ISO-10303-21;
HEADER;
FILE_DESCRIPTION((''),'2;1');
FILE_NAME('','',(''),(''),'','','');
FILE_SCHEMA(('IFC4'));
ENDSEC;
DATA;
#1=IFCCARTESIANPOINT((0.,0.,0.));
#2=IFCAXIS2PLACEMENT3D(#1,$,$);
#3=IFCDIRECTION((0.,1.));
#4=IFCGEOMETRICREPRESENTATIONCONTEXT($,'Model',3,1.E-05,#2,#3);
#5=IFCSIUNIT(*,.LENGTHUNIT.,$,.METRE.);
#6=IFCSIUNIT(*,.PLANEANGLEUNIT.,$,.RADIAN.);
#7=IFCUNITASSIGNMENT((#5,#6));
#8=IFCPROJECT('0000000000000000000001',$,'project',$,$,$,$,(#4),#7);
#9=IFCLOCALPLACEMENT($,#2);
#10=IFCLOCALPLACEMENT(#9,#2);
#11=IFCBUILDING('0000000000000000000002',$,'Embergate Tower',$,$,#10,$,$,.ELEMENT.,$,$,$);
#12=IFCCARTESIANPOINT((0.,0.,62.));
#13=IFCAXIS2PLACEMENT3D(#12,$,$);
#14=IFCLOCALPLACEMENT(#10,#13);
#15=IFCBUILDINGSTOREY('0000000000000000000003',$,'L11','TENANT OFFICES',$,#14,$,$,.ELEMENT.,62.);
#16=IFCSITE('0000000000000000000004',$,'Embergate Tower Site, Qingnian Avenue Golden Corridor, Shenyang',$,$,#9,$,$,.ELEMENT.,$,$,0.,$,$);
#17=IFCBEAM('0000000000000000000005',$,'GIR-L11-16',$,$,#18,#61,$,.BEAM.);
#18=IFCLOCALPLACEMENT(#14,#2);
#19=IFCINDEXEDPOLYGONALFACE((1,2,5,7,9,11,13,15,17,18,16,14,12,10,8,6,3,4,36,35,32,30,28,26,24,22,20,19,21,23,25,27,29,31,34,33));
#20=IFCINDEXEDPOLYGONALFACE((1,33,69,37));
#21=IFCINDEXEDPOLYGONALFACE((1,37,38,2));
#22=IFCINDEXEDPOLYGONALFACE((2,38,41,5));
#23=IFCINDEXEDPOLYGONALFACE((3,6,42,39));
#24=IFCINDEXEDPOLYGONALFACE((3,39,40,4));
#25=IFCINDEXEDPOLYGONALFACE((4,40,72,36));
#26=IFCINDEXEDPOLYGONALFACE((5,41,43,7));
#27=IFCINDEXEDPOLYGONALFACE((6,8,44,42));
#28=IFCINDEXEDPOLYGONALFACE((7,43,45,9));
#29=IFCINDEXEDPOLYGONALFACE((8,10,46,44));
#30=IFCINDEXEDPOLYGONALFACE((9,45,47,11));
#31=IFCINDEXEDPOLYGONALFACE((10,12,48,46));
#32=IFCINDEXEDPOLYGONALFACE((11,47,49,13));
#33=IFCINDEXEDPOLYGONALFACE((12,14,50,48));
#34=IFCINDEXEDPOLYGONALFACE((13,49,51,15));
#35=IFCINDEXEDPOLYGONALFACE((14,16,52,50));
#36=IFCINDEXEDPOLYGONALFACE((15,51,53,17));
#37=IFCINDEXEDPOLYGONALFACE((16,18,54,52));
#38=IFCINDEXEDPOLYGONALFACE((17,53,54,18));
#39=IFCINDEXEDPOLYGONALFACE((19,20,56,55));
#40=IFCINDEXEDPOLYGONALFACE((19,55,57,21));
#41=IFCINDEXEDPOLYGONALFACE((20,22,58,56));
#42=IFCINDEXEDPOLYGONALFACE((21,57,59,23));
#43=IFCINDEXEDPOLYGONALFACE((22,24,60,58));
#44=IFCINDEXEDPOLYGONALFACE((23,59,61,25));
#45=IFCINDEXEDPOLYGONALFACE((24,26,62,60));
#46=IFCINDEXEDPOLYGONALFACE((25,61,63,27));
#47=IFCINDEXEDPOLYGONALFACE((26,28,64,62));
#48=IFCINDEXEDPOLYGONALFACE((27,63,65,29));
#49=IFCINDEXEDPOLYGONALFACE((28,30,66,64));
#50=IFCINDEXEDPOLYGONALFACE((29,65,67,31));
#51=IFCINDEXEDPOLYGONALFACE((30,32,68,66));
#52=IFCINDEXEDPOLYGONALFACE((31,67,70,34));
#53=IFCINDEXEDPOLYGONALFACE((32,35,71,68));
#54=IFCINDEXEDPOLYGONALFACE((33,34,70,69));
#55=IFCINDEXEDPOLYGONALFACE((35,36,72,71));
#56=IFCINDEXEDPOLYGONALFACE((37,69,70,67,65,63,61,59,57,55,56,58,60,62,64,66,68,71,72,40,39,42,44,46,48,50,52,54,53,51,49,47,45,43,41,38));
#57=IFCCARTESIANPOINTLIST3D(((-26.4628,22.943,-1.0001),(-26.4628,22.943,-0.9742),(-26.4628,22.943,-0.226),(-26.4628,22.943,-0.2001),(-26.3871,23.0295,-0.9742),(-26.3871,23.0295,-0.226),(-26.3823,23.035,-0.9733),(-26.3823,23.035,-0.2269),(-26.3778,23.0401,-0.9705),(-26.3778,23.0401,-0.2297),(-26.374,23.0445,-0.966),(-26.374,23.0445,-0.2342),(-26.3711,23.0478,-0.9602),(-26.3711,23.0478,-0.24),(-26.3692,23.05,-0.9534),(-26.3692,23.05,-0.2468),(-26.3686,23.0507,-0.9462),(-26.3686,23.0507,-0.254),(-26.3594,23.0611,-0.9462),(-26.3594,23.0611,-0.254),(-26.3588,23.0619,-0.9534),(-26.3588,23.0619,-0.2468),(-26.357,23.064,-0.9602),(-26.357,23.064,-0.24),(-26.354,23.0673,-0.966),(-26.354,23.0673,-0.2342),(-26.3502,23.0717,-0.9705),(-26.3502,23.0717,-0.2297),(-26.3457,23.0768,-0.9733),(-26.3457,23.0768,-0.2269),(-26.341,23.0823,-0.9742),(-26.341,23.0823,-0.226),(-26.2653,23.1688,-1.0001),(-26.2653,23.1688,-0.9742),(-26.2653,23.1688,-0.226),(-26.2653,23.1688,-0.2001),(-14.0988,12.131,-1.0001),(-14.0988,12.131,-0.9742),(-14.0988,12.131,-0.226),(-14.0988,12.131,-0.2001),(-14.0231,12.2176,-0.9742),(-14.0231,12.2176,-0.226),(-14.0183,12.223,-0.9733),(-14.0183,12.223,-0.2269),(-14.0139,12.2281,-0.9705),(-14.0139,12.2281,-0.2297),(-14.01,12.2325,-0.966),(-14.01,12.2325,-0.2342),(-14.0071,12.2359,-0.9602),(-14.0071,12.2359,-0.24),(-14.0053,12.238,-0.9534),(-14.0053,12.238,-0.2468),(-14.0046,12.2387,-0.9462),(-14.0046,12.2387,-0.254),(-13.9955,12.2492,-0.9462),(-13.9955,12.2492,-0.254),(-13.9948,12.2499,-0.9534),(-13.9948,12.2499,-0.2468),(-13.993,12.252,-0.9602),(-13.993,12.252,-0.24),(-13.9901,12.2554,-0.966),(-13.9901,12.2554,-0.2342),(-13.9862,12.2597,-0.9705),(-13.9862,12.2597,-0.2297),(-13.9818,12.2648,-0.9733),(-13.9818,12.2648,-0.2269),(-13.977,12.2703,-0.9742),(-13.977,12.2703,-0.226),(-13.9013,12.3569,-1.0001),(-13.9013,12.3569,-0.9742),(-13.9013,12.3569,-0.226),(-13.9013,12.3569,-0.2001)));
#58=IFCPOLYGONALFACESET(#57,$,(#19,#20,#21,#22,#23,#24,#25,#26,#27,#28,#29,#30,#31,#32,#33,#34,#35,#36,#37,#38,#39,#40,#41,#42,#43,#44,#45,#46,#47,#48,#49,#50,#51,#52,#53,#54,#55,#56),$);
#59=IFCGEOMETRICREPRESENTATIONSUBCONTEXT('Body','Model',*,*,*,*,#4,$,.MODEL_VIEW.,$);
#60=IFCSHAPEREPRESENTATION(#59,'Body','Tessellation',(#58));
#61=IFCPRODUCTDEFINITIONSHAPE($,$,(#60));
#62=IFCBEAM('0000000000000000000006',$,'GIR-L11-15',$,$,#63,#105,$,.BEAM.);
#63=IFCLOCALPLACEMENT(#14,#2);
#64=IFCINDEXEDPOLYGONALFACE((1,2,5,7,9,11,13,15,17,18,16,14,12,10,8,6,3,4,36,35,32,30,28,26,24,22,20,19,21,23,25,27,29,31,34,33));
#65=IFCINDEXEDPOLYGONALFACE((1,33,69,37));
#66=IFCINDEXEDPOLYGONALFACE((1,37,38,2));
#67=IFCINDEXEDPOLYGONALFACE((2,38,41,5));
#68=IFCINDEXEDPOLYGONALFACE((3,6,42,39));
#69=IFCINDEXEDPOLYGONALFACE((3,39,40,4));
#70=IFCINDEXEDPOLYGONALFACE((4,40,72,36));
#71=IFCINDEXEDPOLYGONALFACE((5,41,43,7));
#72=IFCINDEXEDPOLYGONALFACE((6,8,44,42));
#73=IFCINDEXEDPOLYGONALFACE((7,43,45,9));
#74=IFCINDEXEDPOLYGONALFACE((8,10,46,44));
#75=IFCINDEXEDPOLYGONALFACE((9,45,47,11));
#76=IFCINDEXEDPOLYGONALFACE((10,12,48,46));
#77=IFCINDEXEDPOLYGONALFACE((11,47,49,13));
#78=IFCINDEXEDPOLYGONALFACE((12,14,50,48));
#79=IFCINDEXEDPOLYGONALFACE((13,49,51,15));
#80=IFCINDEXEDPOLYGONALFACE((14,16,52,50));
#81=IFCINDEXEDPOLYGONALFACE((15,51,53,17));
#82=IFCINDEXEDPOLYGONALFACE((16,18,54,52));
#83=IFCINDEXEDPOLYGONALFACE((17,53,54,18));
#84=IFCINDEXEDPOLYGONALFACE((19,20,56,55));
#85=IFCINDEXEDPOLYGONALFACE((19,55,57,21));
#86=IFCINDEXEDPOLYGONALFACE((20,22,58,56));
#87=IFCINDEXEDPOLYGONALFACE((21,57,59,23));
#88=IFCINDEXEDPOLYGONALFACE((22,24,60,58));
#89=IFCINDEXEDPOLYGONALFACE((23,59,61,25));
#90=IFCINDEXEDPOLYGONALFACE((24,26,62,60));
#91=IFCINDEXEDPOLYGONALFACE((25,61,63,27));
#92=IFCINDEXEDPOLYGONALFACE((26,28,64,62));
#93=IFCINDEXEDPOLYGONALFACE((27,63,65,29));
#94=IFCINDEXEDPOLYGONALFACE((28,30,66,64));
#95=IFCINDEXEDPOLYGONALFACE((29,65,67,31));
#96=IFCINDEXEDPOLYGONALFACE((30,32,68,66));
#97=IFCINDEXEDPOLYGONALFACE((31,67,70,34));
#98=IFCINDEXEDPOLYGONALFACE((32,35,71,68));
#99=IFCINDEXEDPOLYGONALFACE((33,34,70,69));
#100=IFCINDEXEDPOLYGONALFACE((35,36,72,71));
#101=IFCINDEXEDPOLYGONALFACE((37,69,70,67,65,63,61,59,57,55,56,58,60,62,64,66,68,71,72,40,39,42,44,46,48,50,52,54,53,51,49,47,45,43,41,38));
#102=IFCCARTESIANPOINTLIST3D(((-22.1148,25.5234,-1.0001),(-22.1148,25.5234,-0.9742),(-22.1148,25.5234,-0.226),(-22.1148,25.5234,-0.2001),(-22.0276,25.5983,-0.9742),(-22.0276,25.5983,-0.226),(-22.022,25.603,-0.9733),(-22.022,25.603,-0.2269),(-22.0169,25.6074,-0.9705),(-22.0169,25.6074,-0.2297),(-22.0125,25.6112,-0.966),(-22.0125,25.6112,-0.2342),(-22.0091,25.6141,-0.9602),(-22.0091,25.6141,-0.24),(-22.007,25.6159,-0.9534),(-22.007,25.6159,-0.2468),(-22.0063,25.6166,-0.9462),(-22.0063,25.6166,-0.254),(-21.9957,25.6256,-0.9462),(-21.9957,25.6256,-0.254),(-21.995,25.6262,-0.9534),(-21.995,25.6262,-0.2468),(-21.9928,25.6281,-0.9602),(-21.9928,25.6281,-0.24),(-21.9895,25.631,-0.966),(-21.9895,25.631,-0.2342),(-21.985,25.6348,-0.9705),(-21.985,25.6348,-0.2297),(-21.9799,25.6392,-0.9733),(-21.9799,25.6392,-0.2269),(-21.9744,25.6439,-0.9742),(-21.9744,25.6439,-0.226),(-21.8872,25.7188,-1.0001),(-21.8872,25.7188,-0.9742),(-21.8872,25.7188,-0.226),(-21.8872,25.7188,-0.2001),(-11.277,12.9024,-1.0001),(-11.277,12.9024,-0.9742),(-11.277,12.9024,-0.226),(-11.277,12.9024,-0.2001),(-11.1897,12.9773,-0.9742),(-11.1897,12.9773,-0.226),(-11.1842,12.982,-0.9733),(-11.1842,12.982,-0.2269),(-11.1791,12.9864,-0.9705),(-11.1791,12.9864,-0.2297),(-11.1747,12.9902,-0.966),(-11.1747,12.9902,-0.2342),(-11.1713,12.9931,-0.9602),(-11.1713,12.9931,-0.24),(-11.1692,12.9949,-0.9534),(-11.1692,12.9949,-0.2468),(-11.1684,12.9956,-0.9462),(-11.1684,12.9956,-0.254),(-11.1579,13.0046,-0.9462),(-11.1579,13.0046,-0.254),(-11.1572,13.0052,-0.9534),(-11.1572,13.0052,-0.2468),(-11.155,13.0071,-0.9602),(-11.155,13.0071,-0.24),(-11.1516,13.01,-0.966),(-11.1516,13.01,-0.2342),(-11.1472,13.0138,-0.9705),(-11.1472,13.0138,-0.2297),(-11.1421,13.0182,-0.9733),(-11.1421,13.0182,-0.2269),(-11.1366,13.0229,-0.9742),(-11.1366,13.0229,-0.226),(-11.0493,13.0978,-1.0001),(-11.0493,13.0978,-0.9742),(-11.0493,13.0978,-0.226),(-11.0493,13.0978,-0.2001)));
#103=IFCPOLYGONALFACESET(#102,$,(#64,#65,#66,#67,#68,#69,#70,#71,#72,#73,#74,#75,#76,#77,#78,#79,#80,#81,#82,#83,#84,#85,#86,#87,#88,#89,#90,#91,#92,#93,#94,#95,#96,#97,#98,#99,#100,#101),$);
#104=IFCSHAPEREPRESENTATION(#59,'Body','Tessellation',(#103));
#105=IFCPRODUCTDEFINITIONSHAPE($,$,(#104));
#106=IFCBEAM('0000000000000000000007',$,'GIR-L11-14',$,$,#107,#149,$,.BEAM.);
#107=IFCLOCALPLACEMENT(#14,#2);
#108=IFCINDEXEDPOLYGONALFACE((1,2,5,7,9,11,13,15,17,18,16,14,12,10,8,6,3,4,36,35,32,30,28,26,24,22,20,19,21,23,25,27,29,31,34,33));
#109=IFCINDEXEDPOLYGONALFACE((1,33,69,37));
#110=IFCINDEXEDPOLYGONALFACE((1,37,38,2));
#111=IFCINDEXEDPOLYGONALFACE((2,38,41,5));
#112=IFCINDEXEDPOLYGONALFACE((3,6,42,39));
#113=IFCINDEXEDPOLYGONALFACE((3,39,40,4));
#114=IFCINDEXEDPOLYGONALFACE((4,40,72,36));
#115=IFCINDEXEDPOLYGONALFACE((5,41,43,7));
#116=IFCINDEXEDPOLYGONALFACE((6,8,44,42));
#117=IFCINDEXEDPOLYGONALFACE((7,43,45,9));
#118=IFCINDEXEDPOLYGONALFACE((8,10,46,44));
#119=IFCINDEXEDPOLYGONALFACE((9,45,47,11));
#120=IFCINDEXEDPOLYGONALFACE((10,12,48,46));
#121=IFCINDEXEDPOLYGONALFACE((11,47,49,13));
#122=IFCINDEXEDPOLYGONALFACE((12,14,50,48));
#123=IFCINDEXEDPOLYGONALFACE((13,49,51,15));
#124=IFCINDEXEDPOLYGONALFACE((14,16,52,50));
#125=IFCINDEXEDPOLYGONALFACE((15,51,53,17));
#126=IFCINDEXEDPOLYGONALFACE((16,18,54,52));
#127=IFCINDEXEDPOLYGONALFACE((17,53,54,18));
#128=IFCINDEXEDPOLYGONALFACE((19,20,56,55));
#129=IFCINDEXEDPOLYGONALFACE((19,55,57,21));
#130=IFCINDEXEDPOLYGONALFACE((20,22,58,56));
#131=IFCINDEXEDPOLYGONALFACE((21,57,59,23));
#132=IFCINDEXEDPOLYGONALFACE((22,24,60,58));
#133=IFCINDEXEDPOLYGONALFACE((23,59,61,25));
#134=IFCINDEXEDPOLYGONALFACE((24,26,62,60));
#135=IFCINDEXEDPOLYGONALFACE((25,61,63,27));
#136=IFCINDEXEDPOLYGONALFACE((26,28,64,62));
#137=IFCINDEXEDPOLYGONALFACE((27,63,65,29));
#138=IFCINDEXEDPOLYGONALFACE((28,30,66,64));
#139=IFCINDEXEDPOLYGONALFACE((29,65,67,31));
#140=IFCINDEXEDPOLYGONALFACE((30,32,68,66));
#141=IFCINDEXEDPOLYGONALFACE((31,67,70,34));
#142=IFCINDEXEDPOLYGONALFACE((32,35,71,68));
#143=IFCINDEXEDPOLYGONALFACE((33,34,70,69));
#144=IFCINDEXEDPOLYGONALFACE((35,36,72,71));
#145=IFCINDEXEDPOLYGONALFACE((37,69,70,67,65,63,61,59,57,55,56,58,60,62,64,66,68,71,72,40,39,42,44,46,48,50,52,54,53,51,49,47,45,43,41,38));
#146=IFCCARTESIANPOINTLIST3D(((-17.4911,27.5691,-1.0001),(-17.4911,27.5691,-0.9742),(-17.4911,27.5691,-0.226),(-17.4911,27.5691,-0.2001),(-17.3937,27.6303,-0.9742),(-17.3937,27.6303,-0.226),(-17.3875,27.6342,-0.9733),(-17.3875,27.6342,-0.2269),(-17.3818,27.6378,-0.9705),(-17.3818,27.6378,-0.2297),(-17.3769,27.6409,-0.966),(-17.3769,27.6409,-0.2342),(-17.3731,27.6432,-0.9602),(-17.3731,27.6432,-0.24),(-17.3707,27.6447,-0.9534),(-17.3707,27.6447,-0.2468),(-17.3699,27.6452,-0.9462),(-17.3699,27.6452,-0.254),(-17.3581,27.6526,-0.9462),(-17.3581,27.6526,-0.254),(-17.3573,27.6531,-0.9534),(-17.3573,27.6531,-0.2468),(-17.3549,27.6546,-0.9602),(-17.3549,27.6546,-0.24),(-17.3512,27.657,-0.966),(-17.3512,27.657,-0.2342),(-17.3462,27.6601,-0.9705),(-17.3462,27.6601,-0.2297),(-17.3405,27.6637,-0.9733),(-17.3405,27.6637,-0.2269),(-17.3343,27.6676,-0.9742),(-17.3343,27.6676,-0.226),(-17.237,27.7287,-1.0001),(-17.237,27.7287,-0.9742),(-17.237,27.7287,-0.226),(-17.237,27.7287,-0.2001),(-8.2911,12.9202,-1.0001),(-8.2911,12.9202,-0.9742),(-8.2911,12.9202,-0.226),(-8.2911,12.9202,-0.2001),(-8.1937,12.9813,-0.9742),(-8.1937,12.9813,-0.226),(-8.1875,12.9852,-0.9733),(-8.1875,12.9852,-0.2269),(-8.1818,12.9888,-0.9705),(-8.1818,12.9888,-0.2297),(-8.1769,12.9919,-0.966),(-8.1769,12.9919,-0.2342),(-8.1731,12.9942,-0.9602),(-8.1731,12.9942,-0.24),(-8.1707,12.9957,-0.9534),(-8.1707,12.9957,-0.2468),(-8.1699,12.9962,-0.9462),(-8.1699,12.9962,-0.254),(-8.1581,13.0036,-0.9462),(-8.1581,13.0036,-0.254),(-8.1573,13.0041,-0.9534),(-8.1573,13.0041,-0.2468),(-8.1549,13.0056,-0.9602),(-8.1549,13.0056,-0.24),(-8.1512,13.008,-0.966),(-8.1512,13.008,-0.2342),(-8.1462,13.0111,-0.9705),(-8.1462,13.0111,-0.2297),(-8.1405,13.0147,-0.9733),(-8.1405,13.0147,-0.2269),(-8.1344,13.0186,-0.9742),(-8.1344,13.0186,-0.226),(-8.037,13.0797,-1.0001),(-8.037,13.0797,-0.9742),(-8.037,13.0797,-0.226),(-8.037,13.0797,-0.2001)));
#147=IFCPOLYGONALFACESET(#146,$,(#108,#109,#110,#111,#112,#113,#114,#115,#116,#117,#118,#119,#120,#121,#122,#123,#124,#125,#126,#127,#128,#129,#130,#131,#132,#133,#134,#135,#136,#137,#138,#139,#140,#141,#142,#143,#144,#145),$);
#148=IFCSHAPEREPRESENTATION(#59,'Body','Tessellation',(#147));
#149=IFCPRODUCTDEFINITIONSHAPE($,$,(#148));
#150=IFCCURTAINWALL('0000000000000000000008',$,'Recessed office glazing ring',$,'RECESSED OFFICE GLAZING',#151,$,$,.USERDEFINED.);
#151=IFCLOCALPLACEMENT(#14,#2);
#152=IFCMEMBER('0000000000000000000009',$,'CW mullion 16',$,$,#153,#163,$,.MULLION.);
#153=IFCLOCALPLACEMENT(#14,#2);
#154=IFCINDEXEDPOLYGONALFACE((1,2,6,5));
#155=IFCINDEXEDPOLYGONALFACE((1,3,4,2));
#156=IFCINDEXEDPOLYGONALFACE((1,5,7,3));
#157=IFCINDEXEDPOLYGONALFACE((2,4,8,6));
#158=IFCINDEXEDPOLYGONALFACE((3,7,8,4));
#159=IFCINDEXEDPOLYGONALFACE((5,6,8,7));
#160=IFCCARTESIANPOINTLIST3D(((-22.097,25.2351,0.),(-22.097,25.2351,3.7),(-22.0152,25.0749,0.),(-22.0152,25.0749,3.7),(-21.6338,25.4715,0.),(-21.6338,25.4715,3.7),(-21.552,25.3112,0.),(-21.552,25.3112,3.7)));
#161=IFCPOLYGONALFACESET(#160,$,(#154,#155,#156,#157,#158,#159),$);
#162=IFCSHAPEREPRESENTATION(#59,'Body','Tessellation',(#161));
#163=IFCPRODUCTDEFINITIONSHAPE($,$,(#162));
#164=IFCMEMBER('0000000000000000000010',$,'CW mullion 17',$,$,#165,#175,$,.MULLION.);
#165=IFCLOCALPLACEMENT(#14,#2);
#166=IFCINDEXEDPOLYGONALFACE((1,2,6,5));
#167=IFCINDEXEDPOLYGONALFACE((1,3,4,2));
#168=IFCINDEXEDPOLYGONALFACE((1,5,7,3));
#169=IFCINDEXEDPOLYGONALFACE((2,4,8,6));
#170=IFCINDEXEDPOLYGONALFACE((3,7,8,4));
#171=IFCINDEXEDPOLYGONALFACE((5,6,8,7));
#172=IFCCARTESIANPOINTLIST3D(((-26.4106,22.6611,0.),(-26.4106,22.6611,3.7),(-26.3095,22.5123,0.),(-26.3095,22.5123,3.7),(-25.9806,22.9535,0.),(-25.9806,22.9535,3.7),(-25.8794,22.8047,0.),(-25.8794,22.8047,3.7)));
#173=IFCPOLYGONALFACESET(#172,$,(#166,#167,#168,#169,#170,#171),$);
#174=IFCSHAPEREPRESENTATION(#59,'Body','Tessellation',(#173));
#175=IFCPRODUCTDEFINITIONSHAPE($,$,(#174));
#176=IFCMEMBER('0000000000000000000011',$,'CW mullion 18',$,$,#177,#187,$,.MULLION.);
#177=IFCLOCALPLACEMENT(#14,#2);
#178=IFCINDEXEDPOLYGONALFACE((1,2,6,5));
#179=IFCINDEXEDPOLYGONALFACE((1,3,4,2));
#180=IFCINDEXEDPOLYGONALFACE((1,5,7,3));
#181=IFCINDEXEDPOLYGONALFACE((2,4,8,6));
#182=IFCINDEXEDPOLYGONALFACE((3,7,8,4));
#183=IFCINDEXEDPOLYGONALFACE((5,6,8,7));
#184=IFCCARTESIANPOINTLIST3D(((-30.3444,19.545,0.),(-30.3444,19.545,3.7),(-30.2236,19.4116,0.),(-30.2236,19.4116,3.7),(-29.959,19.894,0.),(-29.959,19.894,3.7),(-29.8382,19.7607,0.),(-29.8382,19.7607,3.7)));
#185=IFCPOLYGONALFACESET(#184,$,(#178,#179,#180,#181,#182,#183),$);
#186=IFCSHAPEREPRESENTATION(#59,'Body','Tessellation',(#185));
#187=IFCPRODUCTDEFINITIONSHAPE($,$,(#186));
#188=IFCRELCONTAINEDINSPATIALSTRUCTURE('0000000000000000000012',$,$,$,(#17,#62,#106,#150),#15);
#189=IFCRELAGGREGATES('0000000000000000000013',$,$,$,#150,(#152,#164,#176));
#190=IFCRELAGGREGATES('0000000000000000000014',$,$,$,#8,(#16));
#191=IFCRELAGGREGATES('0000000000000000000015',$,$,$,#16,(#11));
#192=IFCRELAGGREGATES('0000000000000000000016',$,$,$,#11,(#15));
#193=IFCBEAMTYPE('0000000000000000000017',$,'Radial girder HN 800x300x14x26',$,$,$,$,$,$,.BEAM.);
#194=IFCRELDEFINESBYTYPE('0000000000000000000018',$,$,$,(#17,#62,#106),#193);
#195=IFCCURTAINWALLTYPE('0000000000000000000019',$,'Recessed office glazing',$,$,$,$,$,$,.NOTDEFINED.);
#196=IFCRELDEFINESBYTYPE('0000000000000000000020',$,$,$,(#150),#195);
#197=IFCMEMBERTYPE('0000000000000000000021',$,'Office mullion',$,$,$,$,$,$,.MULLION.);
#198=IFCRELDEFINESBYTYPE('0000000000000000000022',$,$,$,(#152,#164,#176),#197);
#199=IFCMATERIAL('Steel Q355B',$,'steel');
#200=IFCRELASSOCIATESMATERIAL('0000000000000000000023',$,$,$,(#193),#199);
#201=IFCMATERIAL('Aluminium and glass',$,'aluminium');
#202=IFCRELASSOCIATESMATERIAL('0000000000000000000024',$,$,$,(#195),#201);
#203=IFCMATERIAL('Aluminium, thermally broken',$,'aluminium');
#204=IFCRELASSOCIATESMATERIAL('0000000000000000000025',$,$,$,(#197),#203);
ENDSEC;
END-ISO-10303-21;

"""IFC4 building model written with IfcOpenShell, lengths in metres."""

from ifc_helpers import new_model, si_unit, direction, frame, origin, origin_2d, place, context, subcontext, project, spatial, rectangle, i_section, extrude, source, transform, mapped, material, material_profile, profile_set, type_object, element, aggregate, save


model = new_model("IFC4")

# Units and contexts
model_context = context("Model", 3, precision=1e-05, world=origin(), true_north=direction((0.0, 1.0)))
body_context = subcontext(model_context, "Body", "Model", "MODEL_VIEW")
ifc_project = project(units=[si_unit("LENGTHUNIT", "METRE"), si_unit("PLANEANGLEUNIT", "RADIAN")], contexts=[model_context])

# Site, building, storey
site_placement = place(None, origin())
site = spatial("IfcSite", under=ifc_project, at=site_placement, Name="Embergate Tower Site, Qingnian Avenue Golden Corridor, Shenyang", CompositionType="ELEMENT", RefElevation=0.0)
building_placement = place(site_placement, origin())
building = spatial("IfcBuilding", under=site, at=building_placement, Name="Embergate Tower", CompositionType="ELEMENT")
storey_placement = place(building_placement, frame((0.0, 0.0, 62.0)))
storey = spatial("IfcBuildingStorey", under=building, at=storey_placement, Name="L11", Description="TENANT OFFICES", CompositionType="ELEMENT", Elevation=62.0)

# Beams
ifc_material_1 = material(Name="Steel Q355B", Category="steel")
ifc_material_profile_1 = material_profile(ifc_material_1, i_section(OverallWidth=0.3, OverallDepth=0.8, WebThickness=0.0139, FlangeThickness=0.0259, FilletRadius=0.0281, at=origin_2d()), Name="HN 800x300x14x26")
ifc_profile_set_1 = profile_set([ifc_material_profile_1], Name="Steel Q355 grade B")
beam_type_1 = type_object("IfcBeamType", Name="Radial girder HN 800x300x14x26", PredefinedType="BEAM", material=ifc_profile_set_1)
shared_shape_1 = source(origin(), body_context, "Body", "SweptSolid", [
    extrude(i_section(OverallWidth=0.3, OverallDepth=0.8, WebThickness=0.0139, FlangeThickness=0.0259, FilletRadius=0.0281, at=origin_2d()), origin(), (0.0, 0.0, 1.0), 16.4246),
])
beam_1_placement = place(storey_placement, frame((-26.364, 23.0559, -0.6001), z_axis=(0.752773, -0.65828, 0.0), x_axis=(0.65828, 0.752773, 0.0)))
element("IfcBeam", 1, at=beam_1_placement, inside=storey, type_object=beam_type_1, Name="GIR-L11-16", PredefinedType="BEAM", context=body_context, shape_type="MappedRepresentation", body=[
    mapped(shared_shape_1, transform((0.0, 0.0, 0.0))),
])
shared_shape_2 = source(origin(), body_context, "Body", "SweptSolid", [
    extrude(i_section(OverallWidth=0.3, OverallDepth=0.8, WebThickness=0.0139, FlangeThickness=0.0259, FilletRadius=0.0281, at=origin_2d()), origin(), (0.0, 0.0, 1.0), 16.6357),
])
beam_2_placement = place(storey_placement, frame((-22.001, 25.6211, -0.6001), z_axis=(0.651478, -0.758668, 0.0), x_axis=(0.758668, 0.651478, 0.0)))
element("IfcBeam", 2, at=beam_2_placement, inside=storey, type_object=beam_type_1, Name="GIR-L11-15", PredefinedType="BEAM", context=body_context, shape_type="MappedRepresentation", body=[
    mapped(shared_shape_2, transform((0.0, 0.0, 0.0))),
])
shared_shape_3 = source(origin(), body_context, "Body", "SweptSolid", [
    extrude(i_section(OverallWidth=0.3, OverallDepth=0.8, WebThickness=0.0139, FlangeThickness=0.0259, FilletRadius=0.0281, at=origin_2d()), origin(), (0.0, 0.0, 1.0), 17.2983),
])
beam_3_placement = place(storey_placement, frame((-17.364, 27.6489, -0.6001), z_axis=(0.531842, -0.846843, 0.0), x_axis=(0.846843, 0.531842, 0.0)))
element("IfcBeam", 3, at=beam_3_placement, inside=storey, type_object=beam_type_1, Name="GIR-L11-14", PredefinedType="BEAM", context=body_context, shape_type="MappedRepresentation", body=[
    mapped(shared_shape_3, transform((0.0, 0.0, 0.0))),
])

# Curtain wall, members
ifc_material_2 = material(Name="Aluminium and glass", Category="aluminium")
curtain_wall_type = type_object("IfcCurtainWallType", Name="Recessed office glazing", PredefinedType="NOTDEFINED", material=ifc_material_2)
curtain_wall_placement = place(storey_placement, origin())
curtain_wall = element("IfcCurtainWall", 4, at=curtain_wall_placement, inside=storey, type_object=curtain_wall_type, Name="Recessed office glazing ring", ObjectType="RECESSED OFFICE GLAZING", PredefinedType="USERDEFINED")
ifc_material_3 = material(Name="Aluminium, thermally broken", Category="aluminium")
ifc_material_profile_2 = material_profile(ifc_material_3, rectangle(XDim=0.1799, YDim=0.52, at=origin_2d()), Name="AL 520x180")
ifc_profile_set_2 = profile_set([ifc_material_profile_2], Name="Aluminium, thermally broken")
member_type_1 = type_object("IfcMemberType", Name="Office mullion", PredefinedType="MULLION", material=ifc_profile_set_2)
shared_shape_4 = source(origin(), body_context, "Body", "SweptSolid", [
    extrude(rectangle(XDim=0.1799, YDim=0.52, at=origin_2d()), origin(), (0.0, 0.0, 1.0), 3.7),
])
member_1_placement = place(storey_placement, frame((-21.8245, 25.2732, 0.0), z_axis=(0.0, 0.0, 1.0), x_axis=(0.454521, -0.890736, 0.0)))
member_1 = element("IfcMember", 5, at=member_1_placement, type_object=member_type_1, Name="CW mullion 16", PredefinedType="MULLION", context=body_context, shape_type="MappedRepresentation", body=[
    mapped(shared_shape_4, transform((0.0, 0.0, 0.0))),
])
member_2_placement = place(storey_placement, frame((-26.145, 22.7329, 0.0), z_axis=(0.0, 0.0, 1.0), x_axis=(0.562229, -0.826981, 0.0)))
member_2 = element("IfcMember", 6, at=member_2_placement, type_object=member_type_1, Name="CW mullion 17", PredefinedType="MULLION", context=body_context, shape_type="MappedRepresentation", body=[
    mapped(shared_shape_4, transform((0.0, 0.0, 0.0))),
])
member_3_placement = place(storey_placement, frame((-30.0913, 19.6528, 0.0), z_axis=(0.0, 0.0, 1.0), x_axis=(0.671239, -0.741241, 0.0)))
member_3 = element("IfcMember", 7, at=member_3_placement, type_object=member_type_1, Name="CW mullion 18", PredefinedType="MULLION", context=body_context, shape_type="MappedRepresentation", body=[
    mapped(shared_shape_4, transform((0.0, 0.0, 0.0))),
])
aggregate(curtain_wall, [member_1, member_2, member_3])

save(model, "model.ifc")
